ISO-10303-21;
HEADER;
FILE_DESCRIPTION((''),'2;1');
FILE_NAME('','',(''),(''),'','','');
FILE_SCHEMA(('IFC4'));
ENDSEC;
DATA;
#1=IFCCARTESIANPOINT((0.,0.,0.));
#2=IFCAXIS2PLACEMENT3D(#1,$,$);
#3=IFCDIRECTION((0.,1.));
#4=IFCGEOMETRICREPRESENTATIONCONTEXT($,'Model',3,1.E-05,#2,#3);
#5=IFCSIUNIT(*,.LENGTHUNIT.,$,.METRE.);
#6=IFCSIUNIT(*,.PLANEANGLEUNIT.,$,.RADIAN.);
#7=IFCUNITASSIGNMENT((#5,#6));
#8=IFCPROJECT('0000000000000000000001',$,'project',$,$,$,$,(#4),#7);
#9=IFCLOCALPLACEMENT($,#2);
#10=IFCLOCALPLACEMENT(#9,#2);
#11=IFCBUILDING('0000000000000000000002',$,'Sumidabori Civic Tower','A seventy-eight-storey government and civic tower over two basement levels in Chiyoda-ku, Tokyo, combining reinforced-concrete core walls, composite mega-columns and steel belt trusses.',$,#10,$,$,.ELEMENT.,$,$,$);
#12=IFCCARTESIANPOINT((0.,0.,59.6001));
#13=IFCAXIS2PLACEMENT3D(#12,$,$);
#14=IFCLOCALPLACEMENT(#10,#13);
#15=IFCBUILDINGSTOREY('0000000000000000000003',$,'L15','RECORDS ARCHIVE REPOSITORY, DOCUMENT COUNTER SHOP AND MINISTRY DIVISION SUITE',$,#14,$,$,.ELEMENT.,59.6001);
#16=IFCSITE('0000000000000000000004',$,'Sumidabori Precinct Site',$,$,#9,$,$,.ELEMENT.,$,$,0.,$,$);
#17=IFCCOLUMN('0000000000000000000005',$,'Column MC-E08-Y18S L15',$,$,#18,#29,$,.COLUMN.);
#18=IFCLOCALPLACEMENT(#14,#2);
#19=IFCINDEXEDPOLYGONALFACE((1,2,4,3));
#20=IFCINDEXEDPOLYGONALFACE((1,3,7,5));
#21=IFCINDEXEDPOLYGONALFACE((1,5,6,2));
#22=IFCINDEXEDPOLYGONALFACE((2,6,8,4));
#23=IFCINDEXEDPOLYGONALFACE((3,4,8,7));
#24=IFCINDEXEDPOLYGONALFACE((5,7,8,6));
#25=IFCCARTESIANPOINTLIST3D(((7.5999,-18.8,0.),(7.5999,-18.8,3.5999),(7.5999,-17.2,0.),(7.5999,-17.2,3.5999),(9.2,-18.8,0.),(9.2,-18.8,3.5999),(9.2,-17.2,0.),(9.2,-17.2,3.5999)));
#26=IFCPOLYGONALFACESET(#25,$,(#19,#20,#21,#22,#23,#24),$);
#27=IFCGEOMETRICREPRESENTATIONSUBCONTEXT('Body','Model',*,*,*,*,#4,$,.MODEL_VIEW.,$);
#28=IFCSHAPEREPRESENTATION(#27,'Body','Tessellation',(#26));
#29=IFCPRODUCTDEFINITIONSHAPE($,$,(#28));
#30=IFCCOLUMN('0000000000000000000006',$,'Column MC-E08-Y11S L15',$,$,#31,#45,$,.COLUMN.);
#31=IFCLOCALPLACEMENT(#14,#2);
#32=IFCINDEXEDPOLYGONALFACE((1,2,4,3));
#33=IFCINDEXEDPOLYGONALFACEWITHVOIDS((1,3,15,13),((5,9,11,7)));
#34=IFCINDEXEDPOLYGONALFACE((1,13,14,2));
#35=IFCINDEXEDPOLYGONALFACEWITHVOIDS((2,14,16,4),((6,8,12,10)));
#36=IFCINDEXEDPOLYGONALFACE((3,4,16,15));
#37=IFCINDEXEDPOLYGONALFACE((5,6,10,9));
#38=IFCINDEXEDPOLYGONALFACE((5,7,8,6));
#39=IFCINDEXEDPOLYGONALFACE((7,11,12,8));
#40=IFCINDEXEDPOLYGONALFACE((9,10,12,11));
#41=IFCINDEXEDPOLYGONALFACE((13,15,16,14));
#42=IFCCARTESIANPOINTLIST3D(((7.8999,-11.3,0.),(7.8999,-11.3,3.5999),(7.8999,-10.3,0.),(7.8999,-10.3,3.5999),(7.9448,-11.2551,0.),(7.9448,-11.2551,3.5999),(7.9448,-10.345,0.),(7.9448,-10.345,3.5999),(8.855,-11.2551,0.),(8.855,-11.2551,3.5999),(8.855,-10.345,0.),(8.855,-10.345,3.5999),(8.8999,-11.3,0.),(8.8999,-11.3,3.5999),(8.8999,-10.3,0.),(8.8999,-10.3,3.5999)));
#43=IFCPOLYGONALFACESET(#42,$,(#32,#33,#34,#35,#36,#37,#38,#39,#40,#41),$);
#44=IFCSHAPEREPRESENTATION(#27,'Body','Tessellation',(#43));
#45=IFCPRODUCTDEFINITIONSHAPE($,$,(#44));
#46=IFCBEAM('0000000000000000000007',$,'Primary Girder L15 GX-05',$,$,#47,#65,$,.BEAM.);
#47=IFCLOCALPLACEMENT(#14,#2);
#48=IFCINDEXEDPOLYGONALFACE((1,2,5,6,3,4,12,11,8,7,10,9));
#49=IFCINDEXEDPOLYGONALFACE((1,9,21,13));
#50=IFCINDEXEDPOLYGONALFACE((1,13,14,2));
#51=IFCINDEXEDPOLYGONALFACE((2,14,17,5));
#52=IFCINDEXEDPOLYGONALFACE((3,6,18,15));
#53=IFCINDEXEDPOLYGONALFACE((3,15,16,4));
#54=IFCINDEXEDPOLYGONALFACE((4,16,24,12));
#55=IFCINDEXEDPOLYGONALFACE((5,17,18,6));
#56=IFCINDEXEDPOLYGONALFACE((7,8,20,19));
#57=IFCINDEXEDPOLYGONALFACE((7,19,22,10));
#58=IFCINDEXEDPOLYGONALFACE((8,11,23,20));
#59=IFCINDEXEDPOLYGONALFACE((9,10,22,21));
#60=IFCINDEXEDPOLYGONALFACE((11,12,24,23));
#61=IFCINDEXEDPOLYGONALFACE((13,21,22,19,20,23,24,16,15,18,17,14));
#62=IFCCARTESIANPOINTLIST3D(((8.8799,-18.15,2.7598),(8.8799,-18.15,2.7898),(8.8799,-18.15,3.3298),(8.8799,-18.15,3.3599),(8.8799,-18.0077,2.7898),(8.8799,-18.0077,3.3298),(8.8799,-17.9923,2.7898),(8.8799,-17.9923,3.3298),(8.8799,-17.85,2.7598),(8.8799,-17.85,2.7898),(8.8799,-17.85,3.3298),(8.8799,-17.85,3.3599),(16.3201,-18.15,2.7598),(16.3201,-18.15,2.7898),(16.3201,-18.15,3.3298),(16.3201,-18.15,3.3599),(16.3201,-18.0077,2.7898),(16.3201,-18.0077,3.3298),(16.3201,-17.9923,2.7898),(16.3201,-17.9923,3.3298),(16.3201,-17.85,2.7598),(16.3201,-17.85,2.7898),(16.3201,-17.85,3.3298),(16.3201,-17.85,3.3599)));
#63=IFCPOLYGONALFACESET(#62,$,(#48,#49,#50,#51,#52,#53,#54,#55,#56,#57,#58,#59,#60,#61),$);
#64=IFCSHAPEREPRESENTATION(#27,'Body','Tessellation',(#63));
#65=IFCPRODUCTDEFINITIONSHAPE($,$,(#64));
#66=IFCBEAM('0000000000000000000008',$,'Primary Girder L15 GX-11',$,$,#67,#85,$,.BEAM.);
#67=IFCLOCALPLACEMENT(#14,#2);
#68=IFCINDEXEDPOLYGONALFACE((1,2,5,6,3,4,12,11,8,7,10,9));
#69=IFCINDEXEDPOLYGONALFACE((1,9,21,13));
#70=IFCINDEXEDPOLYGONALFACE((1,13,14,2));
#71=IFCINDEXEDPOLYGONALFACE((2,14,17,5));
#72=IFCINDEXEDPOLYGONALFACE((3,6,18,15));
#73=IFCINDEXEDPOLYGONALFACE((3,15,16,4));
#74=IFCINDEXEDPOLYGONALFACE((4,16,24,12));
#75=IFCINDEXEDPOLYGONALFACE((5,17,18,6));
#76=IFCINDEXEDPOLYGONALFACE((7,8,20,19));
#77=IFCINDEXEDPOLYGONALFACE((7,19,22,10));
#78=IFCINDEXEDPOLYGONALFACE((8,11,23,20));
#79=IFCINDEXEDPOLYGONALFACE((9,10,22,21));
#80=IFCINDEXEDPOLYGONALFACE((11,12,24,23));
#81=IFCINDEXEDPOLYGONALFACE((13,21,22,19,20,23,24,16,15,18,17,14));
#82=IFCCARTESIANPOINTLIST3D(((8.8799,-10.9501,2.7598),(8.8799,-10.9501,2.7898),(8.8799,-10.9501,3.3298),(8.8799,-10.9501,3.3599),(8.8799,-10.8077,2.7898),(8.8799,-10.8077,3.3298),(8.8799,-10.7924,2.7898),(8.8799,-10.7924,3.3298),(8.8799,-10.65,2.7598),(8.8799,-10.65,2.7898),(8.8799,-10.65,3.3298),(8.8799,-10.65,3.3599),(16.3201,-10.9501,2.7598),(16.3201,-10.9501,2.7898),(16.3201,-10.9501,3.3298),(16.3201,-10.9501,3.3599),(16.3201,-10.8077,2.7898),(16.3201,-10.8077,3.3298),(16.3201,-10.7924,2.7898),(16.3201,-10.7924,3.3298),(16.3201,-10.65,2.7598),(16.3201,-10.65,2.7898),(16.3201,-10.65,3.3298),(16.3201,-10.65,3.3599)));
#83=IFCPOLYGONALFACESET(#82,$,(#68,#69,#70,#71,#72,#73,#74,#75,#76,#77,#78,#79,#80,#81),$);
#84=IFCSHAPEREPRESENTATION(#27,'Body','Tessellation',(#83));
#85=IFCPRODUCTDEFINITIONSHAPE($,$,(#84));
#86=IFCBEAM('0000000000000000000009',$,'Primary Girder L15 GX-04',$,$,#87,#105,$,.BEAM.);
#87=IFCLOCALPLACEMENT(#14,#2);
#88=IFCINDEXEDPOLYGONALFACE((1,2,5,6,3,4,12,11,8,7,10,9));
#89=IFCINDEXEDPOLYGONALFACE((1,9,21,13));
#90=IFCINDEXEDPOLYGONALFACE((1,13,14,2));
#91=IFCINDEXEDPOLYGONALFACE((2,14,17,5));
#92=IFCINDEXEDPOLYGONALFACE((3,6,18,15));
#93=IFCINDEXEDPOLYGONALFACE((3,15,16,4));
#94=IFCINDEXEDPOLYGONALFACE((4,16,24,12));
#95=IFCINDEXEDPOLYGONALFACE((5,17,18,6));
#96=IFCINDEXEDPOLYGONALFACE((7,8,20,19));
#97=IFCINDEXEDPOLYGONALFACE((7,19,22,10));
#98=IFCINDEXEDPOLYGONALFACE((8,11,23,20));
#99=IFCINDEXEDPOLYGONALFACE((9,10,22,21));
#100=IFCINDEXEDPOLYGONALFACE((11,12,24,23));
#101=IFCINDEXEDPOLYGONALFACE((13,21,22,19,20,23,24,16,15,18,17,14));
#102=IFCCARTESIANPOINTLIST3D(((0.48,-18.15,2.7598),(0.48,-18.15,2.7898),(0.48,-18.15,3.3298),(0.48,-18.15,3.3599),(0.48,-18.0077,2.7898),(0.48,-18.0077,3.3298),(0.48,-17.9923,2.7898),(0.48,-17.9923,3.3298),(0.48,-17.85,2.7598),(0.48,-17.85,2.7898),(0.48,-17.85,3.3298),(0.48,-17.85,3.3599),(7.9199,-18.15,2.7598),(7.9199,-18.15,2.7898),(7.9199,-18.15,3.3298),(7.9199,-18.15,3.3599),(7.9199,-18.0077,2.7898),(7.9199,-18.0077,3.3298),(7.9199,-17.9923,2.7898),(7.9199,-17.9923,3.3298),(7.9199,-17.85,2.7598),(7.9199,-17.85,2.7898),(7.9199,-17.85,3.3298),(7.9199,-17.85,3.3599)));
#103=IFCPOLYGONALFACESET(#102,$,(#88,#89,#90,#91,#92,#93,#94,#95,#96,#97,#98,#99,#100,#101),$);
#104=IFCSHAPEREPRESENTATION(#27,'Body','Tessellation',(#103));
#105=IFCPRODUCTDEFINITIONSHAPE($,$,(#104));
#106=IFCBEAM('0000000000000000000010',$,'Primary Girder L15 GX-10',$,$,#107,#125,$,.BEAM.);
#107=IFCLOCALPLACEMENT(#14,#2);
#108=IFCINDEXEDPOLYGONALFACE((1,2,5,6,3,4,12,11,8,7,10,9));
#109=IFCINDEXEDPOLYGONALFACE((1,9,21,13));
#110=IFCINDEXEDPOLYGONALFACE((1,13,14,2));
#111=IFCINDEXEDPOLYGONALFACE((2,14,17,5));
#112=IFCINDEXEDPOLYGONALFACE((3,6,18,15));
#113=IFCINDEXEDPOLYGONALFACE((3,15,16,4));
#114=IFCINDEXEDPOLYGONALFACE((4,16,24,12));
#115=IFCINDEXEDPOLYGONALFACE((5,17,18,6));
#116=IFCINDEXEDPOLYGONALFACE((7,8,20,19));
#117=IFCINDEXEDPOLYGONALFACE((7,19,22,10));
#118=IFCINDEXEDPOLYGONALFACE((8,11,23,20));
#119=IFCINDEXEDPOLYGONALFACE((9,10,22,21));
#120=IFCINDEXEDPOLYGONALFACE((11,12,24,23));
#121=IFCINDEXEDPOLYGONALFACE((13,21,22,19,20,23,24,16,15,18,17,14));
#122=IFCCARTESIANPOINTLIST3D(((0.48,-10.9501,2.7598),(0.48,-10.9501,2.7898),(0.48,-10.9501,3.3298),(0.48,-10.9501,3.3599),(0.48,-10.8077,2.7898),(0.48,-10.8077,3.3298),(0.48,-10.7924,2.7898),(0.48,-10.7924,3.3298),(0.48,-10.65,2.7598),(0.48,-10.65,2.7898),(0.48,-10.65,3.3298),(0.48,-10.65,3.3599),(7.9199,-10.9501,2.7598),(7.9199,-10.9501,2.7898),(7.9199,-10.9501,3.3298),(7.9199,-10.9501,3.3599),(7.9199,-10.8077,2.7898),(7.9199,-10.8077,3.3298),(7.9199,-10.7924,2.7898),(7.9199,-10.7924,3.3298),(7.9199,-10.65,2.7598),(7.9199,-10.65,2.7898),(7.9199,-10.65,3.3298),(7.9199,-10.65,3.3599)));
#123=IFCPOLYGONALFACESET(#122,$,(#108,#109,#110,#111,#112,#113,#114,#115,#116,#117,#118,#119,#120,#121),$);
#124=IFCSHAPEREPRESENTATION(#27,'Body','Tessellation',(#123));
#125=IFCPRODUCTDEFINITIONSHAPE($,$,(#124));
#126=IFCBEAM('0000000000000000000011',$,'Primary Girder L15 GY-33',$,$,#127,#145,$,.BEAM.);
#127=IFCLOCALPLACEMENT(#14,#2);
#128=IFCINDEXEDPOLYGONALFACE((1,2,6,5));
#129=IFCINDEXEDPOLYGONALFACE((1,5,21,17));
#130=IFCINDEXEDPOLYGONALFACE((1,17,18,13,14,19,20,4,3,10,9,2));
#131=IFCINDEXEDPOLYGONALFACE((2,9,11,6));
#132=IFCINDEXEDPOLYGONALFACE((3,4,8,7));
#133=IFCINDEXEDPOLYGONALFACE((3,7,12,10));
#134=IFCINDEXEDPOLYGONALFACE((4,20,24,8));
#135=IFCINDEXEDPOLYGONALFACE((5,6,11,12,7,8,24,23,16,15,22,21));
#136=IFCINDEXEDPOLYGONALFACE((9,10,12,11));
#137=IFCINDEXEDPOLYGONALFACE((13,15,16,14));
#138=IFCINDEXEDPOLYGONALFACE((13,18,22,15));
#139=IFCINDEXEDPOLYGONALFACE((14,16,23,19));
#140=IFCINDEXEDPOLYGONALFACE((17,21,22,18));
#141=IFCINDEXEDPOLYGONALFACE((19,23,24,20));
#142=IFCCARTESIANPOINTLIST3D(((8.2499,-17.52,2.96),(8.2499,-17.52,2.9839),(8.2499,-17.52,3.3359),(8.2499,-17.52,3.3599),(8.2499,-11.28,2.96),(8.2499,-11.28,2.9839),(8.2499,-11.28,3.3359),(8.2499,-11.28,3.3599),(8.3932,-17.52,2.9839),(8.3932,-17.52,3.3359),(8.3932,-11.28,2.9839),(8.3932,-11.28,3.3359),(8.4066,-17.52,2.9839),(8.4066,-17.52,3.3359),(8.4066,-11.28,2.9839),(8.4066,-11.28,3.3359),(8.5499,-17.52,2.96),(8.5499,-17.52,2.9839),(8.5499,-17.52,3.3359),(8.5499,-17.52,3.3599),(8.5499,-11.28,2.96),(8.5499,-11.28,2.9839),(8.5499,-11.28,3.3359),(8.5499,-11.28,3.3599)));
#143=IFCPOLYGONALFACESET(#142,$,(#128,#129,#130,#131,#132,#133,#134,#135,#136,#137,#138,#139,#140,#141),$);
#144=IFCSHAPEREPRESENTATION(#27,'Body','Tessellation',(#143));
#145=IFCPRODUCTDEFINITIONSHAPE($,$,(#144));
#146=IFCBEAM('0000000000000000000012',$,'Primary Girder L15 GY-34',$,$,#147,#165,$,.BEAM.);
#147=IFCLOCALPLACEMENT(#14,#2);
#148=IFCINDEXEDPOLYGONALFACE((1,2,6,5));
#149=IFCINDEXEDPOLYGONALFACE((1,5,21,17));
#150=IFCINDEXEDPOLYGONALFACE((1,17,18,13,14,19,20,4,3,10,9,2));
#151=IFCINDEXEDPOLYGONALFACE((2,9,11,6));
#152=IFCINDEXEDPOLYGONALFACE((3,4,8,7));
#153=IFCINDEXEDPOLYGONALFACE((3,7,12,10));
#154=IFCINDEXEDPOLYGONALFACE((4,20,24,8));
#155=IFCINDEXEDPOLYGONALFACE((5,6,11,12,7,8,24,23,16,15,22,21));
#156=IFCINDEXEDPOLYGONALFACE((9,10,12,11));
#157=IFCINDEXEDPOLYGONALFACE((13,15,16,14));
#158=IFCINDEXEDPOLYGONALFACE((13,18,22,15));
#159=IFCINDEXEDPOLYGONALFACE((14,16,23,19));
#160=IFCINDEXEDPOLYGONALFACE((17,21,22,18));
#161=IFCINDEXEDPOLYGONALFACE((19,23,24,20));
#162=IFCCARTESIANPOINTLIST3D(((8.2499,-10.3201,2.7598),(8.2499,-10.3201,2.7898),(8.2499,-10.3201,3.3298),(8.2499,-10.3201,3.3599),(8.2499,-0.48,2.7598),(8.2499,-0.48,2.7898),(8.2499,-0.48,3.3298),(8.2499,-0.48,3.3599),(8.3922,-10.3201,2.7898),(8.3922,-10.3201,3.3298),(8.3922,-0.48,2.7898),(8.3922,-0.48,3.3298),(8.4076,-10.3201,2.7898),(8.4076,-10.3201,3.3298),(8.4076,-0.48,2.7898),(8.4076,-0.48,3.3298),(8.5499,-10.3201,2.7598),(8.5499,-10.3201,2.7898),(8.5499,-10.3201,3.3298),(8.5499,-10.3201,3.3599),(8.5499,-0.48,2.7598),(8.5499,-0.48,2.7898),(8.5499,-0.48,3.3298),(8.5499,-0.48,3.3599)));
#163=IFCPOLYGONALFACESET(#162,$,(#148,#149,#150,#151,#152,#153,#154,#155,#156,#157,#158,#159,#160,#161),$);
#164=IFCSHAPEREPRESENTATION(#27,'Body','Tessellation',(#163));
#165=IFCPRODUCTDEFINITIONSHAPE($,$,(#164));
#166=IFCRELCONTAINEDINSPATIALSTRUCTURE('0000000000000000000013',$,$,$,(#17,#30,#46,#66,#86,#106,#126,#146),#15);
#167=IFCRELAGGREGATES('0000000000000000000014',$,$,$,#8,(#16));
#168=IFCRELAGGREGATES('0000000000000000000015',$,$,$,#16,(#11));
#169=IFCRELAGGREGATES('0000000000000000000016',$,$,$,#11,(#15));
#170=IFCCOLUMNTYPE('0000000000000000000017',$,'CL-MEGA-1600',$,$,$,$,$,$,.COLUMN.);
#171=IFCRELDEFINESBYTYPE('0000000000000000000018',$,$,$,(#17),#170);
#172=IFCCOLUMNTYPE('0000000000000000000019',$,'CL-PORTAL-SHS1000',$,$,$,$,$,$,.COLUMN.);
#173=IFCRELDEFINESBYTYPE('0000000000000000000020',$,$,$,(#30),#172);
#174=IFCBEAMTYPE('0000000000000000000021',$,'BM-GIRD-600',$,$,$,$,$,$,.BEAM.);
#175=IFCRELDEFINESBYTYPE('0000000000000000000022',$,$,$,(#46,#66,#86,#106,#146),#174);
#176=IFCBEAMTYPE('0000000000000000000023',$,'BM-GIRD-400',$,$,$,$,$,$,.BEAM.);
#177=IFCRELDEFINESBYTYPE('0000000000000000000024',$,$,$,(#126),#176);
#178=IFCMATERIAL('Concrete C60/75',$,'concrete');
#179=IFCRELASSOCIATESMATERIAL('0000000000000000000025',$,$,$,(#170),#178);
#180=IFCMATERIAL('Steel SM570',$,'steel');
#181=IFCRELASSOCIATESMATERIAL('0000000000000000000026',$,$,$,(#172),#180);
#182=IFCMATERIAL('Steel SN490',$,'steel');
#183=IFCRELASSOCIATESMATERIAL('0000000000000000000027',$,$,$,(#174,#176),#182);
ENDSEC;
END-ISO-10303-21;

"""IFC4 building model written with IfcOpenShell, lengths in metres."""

from ifc_helpers import new_model, si_unit, direction, frame, origin, origin_2d, place, context, subcontext, project, spatial, rectangle, hollow_rectangle, i_section, extrude, source, transform, mapped, material, material_profile, profile_set, type_object, element, save


model = new_model("IFC4")

# Units and contexts
model_context = context("Model", 3, precision=1e-05, world=origin(), true_north=direction((0.0, 1.0)))
body_context = subcontext(model_context, "Body", "Model", "MODEL_VIEW")
ifc_project = project(units=[si_unit("LENGTHUNIT", "METRE"), si_unit("PLANEANGLEUNIT", "RADIAN")], contexts=[model_context])

# Site, building, storey
site_placement = place(None, origin())
site = spatial("IfcSite", under=ifc_project, at=site_placement, Name="Sumidabori Precinct Site", CompositionType="ELEMENT", RefElevation=0.0)
building_placement = place(site_placement, origin())
building = spatial("IfcBuilding", under=site, at=building_placement, Name="Sumidabori Civic Tower", Description="A seventy-eight-storey government and civic tower over two basement levels in Chiyoda-ku, Tokyo, combining reinforced-concrete core walls, composite mega-columns and steel belt trusses.", CompositionType="ELEMENT")
storey_placement = place(building_placement, frame((0.0, 0.0, 59.6001)))
storey = spatial("IfcBuildingStorey", under=building, at=storey_placement, Name="L15", Description="RECORDS ARCHIVE REPOSITORY, DOCUMENT COUNTER SHOP AND MINISTRY DIVISION SUITE", CompositionType="ELEMENT", Elevation=59.6001)

# Columns
ifc_material_1 = material(Name="Concrete C60/75", Category="concrete")
ifc_material_profile_1 = material_profile(ifc_material_1, rectangle(XDim=1.6001, YDim=1.6001, at=origin_2d()), Name="RC 1600x1600")
ifc_profile_set_1 = profile_set([ifc_material_profile_1], Name="Concrete C60/75")
column_type_1 = type_object("IfcColumnType", Name="CL-MEGA-1600", PredefinedType="COLUMN", material=ifc_profile_set_1)
shared_shape_1 = source(origin(), body_context, "Body", "SweptSolid", [
    extrude(rectangle(XDim=1.6001, YDim=1.6001, at=origin_2d()), origin(), (0.0, 0.0, 1.0), 3.5999),
])
column_1_placement = place(storey_placement, frame((8.3999, -18.0, 0.0), z_axis=(0.0, 0.0, 1.0), x_axis=(1.0, 0.0, 0.0)))
element("IfcColumn", 1, at=column_1_placement, inside=storey, type_object=column_type_1, Name="Column MC-E08-Y18S L15", PredefinedType="COLUMN", context=body_context, shape_type="MappedRepresentation", body=[
    mapped(shared_shape_1, transform((0.0, 0.0, 0.0), x_axis=(1.0, 0.0, 0.0), y_axis=(0.0, 1.0, 0.0), z_axis=(0.0, 0.0, 1.0), scale=1.0)),
])
ifc_material_2 = material(Name="Steel SM570", Category="steel")
ifc_material_profile_2 = material_profile(ifc_material_2, hollow_rectangle(XDim=1.0, YDim=1.0, WallThickness=0.0449, at=origin_2d()), Name="SHS 1000x1000x45")
ifc_profile_set_2 = profile_set([ifc_material_profile_2], Name="Steel SM570")
column_type_2 = type_object("IfcColumnType", Name="CL-PORTAL-SHS1000", PredefinedType="COLUMN", material=ifc_profile_set_2)
shared_shape_2 = source(origin(), body_context, "Body", "SweptSolid", [
    extrude(hollow_rectangle(XDim=1.0, YDim=1.0, WallThickness=0.0449, at=origin_2d()), origin(), (0.0, 0.0, 1.0), 3.5999),
])
column_2_placement = place(storey_placement, frame((8.3999, -10.8, 0.0), z_axis=(0.0, 0.0, 1.0), x_axis=(1.0, 0.0, 0.0)))
element("IfcColumn", 2, at=column_2_placement, inside=storey, type_object=column_type_2, Name="Column MC-E08-Y11S L15", PredefinedType="COLUMN", context=body_context, shape_type="MappedRepresentation", body=[
    mapped(shared_shape_2, transform((0.0, 0.0, 0.0), x_axis=(1.0, 0.0, 0.0), y_axis=(0.0, 1.0, 0.0), z_axis=(0.0, 0.0, 1.0), scale=1.0)),
])

# Beams
ifc_material_3 = material(Name="Steel SN490", Category="steel")
ifc_material_profile_3 = material_profile(ifc_material_3, i_section(OverallWidth=0.3, OverallDepth=0.6001, WebThickness=0.0154, FlangeThickness=0.03, at=origin_2d()), Name="HE 600 B")
ifc_profile_set_3 = profile_set([ifc_material_profile_3], Name="Steel SN490")
beam_type_1 = type_object("IfcBeamType", Name="BM-GIRD-600", PredefinedType="BEAM", material=ifc_profile_set_3)
shared_shape_3 = source(origin(), body_context, "Body", "SweptSolid", [
    extrude(i_section(OverallWidth=0.3, OverallDepth=0.6001, WebThickness=0.0154, FlangeThickness=0.03, at=origin_2d()), origin(), (0.0, 0.0, 1.0), 7.4402),
])
for number, where, z_axis, x_axis, name in (
    (3, (8.8799, -18.0, 3.0598), (1.0, 0.0, 0.0), (0.0, 1.0, 0.0), "Primary Girder L15 GX-05"),
    (4, (8.8799, -10.8, 3.0598), (1.0, 0.0, 0.0), (0.0, 1.0, 0.0), "Primary Girder L15 GX-11"),
):
    element("IfcBeam", number, at=place(storey_placement, frame(where, z_axis=z_axis, x_axis=x_axis)), inside=storey, type_object=beam_type_1, Name=name, PredefinedType="BEAM", context=body_context, shape_type="MappedRepresentation", body=[
        mapped(shared_shape_3, transform((0.0, 0.0, 0.0), x_axis=(1.0, 0.0, 0.0), y_axis=(0.0, 1.0, 0.0), z_axis=(0.0, 0.0, 1.0), scale=1.0)),
    ])
shared_shape_4 = source(origin(), body_context, "Body", "SweptSolid", [
    extrude(i_section(OverallWidth=0.3, OverallDepth=0.6001, WebThickness=0.0154, FlangeThickness=0.03, at=origin_2d()), origin(), (0.0, 0.0, 1.0), 7.4399),
])
for number, where, z_axis, x_axis, name in (
    (5, (0.48, -18.0, 3.0598), (1.0, 0.0, 0.0), (0.0, 1.0, 0.0), "Primary Girder L15 GX-04"),
    (6, (0.48, -10.8, 3.0598), (1.0, 0.0, 0.0), (0.0, 1.0, 0.0), "Primary Girder L15 GX-10"),
):
    element("IfcBeam", number, at=place(storey_placement, frame(where, z_axis=z_axis, x_axis=x_axis)), inside=storey, type_object=beam_type_1, Name=name, PredefinedType="BEAM", context=body_context, shape_type="MappedRepresentation", body=[
        mapped(shared_shape_4, transform((0.0, 0.0, 0.0), x_axis=(1.0, 0.0, 0.0), y_axis=(0.0, 1.0, 0.0), z_axis=(0.0, 0.0, 1.0), scale=1.0)),
    ])
ifc_material_profile_4 = material_profile(ifc_material_3, i_section(OverallWidth=0.3, OverallDepth=0.3999, WebThickness=0.0134, FlangeThickness=0.0239, at=origin_2d()), Name="HE 400 B")
ifc_profile_set_4 = profile_set([ifc_material_profile_4], Name="Steel SN490")
beam_type_2 = type_object("IfcBeamType", Name="BM-GIRD-400", PredefinedType="BEAM", material=ifc_profile_set_4)
shared_shape_5 = source(origin(), body_context, "Body", "SweptSolid", [
    extrude(i_section(OverallWidth=0.3, OverallDepth=0.3999, WebThickness=0.0134, FlangeThickness=0.0239, at=origin_2d()), origin(), (0.0, 0.0, 1.0), 6.24),
])
beam_1_placement = place(storey_placement, frame((8.3999, -17.52, 3.1599), z_axis=(0.0, 1.0, 0.0), x_axis=(-1.0, 0.0, 0.0)))
element("IfcBeam", 7, at=beam_1_placement, inside=storey, type_object=beam_type_2, Name="Primary Girder L15 GY-33", PredefinedType="BEAM", context=body_context, shape_type="MappedRepresentation", body=[
    mapped(shared_shape_5, transform((0.0, 0.0, 0.0), x_axis=(1.0, 0.0, 0.0), y_axis=(0.0, 1.0, 0.0), z_axis=(0.0, 0.0, 1.0), scale=1.0)),
])
shared_shape_6 = source(origin(), body_context, "Body", "SweptSolid", [
    extrude(i_section(OverallWidth=0.3, OverallDepth=0.6001, WebThickness=0.0154, FlangeThickness=0.03, at=origin_2d()), origin(), (0.0, 0.0, 1.0), 9.8401),
])
beam_2_placement = place(storey_placement, frame((8.3999, -10.3201, 3.0598), z_axis=(0.0, 1.0, 0.0), x_axis=(-1.0, 0.0, 0.0)))
element("IfcBeam", 8, at=beam_2_placement, inside=storey, type_object=beam_type_1, Name="Primary Girder L15 GY-34", PredefinedType="BEAM", context=body_context, shape_type="MappedRepresentation", body=[
    mapped(shared_shape_6, transform((0.0, 0.0, 0.0), x_axis=(1.0, 0.0, 0.0), y_axis=(0.0, 1.0, 0.0), z_axis=(0.0, 0.0, 1.0), scale=1.0)),
])

save(model, "model.ifc")
